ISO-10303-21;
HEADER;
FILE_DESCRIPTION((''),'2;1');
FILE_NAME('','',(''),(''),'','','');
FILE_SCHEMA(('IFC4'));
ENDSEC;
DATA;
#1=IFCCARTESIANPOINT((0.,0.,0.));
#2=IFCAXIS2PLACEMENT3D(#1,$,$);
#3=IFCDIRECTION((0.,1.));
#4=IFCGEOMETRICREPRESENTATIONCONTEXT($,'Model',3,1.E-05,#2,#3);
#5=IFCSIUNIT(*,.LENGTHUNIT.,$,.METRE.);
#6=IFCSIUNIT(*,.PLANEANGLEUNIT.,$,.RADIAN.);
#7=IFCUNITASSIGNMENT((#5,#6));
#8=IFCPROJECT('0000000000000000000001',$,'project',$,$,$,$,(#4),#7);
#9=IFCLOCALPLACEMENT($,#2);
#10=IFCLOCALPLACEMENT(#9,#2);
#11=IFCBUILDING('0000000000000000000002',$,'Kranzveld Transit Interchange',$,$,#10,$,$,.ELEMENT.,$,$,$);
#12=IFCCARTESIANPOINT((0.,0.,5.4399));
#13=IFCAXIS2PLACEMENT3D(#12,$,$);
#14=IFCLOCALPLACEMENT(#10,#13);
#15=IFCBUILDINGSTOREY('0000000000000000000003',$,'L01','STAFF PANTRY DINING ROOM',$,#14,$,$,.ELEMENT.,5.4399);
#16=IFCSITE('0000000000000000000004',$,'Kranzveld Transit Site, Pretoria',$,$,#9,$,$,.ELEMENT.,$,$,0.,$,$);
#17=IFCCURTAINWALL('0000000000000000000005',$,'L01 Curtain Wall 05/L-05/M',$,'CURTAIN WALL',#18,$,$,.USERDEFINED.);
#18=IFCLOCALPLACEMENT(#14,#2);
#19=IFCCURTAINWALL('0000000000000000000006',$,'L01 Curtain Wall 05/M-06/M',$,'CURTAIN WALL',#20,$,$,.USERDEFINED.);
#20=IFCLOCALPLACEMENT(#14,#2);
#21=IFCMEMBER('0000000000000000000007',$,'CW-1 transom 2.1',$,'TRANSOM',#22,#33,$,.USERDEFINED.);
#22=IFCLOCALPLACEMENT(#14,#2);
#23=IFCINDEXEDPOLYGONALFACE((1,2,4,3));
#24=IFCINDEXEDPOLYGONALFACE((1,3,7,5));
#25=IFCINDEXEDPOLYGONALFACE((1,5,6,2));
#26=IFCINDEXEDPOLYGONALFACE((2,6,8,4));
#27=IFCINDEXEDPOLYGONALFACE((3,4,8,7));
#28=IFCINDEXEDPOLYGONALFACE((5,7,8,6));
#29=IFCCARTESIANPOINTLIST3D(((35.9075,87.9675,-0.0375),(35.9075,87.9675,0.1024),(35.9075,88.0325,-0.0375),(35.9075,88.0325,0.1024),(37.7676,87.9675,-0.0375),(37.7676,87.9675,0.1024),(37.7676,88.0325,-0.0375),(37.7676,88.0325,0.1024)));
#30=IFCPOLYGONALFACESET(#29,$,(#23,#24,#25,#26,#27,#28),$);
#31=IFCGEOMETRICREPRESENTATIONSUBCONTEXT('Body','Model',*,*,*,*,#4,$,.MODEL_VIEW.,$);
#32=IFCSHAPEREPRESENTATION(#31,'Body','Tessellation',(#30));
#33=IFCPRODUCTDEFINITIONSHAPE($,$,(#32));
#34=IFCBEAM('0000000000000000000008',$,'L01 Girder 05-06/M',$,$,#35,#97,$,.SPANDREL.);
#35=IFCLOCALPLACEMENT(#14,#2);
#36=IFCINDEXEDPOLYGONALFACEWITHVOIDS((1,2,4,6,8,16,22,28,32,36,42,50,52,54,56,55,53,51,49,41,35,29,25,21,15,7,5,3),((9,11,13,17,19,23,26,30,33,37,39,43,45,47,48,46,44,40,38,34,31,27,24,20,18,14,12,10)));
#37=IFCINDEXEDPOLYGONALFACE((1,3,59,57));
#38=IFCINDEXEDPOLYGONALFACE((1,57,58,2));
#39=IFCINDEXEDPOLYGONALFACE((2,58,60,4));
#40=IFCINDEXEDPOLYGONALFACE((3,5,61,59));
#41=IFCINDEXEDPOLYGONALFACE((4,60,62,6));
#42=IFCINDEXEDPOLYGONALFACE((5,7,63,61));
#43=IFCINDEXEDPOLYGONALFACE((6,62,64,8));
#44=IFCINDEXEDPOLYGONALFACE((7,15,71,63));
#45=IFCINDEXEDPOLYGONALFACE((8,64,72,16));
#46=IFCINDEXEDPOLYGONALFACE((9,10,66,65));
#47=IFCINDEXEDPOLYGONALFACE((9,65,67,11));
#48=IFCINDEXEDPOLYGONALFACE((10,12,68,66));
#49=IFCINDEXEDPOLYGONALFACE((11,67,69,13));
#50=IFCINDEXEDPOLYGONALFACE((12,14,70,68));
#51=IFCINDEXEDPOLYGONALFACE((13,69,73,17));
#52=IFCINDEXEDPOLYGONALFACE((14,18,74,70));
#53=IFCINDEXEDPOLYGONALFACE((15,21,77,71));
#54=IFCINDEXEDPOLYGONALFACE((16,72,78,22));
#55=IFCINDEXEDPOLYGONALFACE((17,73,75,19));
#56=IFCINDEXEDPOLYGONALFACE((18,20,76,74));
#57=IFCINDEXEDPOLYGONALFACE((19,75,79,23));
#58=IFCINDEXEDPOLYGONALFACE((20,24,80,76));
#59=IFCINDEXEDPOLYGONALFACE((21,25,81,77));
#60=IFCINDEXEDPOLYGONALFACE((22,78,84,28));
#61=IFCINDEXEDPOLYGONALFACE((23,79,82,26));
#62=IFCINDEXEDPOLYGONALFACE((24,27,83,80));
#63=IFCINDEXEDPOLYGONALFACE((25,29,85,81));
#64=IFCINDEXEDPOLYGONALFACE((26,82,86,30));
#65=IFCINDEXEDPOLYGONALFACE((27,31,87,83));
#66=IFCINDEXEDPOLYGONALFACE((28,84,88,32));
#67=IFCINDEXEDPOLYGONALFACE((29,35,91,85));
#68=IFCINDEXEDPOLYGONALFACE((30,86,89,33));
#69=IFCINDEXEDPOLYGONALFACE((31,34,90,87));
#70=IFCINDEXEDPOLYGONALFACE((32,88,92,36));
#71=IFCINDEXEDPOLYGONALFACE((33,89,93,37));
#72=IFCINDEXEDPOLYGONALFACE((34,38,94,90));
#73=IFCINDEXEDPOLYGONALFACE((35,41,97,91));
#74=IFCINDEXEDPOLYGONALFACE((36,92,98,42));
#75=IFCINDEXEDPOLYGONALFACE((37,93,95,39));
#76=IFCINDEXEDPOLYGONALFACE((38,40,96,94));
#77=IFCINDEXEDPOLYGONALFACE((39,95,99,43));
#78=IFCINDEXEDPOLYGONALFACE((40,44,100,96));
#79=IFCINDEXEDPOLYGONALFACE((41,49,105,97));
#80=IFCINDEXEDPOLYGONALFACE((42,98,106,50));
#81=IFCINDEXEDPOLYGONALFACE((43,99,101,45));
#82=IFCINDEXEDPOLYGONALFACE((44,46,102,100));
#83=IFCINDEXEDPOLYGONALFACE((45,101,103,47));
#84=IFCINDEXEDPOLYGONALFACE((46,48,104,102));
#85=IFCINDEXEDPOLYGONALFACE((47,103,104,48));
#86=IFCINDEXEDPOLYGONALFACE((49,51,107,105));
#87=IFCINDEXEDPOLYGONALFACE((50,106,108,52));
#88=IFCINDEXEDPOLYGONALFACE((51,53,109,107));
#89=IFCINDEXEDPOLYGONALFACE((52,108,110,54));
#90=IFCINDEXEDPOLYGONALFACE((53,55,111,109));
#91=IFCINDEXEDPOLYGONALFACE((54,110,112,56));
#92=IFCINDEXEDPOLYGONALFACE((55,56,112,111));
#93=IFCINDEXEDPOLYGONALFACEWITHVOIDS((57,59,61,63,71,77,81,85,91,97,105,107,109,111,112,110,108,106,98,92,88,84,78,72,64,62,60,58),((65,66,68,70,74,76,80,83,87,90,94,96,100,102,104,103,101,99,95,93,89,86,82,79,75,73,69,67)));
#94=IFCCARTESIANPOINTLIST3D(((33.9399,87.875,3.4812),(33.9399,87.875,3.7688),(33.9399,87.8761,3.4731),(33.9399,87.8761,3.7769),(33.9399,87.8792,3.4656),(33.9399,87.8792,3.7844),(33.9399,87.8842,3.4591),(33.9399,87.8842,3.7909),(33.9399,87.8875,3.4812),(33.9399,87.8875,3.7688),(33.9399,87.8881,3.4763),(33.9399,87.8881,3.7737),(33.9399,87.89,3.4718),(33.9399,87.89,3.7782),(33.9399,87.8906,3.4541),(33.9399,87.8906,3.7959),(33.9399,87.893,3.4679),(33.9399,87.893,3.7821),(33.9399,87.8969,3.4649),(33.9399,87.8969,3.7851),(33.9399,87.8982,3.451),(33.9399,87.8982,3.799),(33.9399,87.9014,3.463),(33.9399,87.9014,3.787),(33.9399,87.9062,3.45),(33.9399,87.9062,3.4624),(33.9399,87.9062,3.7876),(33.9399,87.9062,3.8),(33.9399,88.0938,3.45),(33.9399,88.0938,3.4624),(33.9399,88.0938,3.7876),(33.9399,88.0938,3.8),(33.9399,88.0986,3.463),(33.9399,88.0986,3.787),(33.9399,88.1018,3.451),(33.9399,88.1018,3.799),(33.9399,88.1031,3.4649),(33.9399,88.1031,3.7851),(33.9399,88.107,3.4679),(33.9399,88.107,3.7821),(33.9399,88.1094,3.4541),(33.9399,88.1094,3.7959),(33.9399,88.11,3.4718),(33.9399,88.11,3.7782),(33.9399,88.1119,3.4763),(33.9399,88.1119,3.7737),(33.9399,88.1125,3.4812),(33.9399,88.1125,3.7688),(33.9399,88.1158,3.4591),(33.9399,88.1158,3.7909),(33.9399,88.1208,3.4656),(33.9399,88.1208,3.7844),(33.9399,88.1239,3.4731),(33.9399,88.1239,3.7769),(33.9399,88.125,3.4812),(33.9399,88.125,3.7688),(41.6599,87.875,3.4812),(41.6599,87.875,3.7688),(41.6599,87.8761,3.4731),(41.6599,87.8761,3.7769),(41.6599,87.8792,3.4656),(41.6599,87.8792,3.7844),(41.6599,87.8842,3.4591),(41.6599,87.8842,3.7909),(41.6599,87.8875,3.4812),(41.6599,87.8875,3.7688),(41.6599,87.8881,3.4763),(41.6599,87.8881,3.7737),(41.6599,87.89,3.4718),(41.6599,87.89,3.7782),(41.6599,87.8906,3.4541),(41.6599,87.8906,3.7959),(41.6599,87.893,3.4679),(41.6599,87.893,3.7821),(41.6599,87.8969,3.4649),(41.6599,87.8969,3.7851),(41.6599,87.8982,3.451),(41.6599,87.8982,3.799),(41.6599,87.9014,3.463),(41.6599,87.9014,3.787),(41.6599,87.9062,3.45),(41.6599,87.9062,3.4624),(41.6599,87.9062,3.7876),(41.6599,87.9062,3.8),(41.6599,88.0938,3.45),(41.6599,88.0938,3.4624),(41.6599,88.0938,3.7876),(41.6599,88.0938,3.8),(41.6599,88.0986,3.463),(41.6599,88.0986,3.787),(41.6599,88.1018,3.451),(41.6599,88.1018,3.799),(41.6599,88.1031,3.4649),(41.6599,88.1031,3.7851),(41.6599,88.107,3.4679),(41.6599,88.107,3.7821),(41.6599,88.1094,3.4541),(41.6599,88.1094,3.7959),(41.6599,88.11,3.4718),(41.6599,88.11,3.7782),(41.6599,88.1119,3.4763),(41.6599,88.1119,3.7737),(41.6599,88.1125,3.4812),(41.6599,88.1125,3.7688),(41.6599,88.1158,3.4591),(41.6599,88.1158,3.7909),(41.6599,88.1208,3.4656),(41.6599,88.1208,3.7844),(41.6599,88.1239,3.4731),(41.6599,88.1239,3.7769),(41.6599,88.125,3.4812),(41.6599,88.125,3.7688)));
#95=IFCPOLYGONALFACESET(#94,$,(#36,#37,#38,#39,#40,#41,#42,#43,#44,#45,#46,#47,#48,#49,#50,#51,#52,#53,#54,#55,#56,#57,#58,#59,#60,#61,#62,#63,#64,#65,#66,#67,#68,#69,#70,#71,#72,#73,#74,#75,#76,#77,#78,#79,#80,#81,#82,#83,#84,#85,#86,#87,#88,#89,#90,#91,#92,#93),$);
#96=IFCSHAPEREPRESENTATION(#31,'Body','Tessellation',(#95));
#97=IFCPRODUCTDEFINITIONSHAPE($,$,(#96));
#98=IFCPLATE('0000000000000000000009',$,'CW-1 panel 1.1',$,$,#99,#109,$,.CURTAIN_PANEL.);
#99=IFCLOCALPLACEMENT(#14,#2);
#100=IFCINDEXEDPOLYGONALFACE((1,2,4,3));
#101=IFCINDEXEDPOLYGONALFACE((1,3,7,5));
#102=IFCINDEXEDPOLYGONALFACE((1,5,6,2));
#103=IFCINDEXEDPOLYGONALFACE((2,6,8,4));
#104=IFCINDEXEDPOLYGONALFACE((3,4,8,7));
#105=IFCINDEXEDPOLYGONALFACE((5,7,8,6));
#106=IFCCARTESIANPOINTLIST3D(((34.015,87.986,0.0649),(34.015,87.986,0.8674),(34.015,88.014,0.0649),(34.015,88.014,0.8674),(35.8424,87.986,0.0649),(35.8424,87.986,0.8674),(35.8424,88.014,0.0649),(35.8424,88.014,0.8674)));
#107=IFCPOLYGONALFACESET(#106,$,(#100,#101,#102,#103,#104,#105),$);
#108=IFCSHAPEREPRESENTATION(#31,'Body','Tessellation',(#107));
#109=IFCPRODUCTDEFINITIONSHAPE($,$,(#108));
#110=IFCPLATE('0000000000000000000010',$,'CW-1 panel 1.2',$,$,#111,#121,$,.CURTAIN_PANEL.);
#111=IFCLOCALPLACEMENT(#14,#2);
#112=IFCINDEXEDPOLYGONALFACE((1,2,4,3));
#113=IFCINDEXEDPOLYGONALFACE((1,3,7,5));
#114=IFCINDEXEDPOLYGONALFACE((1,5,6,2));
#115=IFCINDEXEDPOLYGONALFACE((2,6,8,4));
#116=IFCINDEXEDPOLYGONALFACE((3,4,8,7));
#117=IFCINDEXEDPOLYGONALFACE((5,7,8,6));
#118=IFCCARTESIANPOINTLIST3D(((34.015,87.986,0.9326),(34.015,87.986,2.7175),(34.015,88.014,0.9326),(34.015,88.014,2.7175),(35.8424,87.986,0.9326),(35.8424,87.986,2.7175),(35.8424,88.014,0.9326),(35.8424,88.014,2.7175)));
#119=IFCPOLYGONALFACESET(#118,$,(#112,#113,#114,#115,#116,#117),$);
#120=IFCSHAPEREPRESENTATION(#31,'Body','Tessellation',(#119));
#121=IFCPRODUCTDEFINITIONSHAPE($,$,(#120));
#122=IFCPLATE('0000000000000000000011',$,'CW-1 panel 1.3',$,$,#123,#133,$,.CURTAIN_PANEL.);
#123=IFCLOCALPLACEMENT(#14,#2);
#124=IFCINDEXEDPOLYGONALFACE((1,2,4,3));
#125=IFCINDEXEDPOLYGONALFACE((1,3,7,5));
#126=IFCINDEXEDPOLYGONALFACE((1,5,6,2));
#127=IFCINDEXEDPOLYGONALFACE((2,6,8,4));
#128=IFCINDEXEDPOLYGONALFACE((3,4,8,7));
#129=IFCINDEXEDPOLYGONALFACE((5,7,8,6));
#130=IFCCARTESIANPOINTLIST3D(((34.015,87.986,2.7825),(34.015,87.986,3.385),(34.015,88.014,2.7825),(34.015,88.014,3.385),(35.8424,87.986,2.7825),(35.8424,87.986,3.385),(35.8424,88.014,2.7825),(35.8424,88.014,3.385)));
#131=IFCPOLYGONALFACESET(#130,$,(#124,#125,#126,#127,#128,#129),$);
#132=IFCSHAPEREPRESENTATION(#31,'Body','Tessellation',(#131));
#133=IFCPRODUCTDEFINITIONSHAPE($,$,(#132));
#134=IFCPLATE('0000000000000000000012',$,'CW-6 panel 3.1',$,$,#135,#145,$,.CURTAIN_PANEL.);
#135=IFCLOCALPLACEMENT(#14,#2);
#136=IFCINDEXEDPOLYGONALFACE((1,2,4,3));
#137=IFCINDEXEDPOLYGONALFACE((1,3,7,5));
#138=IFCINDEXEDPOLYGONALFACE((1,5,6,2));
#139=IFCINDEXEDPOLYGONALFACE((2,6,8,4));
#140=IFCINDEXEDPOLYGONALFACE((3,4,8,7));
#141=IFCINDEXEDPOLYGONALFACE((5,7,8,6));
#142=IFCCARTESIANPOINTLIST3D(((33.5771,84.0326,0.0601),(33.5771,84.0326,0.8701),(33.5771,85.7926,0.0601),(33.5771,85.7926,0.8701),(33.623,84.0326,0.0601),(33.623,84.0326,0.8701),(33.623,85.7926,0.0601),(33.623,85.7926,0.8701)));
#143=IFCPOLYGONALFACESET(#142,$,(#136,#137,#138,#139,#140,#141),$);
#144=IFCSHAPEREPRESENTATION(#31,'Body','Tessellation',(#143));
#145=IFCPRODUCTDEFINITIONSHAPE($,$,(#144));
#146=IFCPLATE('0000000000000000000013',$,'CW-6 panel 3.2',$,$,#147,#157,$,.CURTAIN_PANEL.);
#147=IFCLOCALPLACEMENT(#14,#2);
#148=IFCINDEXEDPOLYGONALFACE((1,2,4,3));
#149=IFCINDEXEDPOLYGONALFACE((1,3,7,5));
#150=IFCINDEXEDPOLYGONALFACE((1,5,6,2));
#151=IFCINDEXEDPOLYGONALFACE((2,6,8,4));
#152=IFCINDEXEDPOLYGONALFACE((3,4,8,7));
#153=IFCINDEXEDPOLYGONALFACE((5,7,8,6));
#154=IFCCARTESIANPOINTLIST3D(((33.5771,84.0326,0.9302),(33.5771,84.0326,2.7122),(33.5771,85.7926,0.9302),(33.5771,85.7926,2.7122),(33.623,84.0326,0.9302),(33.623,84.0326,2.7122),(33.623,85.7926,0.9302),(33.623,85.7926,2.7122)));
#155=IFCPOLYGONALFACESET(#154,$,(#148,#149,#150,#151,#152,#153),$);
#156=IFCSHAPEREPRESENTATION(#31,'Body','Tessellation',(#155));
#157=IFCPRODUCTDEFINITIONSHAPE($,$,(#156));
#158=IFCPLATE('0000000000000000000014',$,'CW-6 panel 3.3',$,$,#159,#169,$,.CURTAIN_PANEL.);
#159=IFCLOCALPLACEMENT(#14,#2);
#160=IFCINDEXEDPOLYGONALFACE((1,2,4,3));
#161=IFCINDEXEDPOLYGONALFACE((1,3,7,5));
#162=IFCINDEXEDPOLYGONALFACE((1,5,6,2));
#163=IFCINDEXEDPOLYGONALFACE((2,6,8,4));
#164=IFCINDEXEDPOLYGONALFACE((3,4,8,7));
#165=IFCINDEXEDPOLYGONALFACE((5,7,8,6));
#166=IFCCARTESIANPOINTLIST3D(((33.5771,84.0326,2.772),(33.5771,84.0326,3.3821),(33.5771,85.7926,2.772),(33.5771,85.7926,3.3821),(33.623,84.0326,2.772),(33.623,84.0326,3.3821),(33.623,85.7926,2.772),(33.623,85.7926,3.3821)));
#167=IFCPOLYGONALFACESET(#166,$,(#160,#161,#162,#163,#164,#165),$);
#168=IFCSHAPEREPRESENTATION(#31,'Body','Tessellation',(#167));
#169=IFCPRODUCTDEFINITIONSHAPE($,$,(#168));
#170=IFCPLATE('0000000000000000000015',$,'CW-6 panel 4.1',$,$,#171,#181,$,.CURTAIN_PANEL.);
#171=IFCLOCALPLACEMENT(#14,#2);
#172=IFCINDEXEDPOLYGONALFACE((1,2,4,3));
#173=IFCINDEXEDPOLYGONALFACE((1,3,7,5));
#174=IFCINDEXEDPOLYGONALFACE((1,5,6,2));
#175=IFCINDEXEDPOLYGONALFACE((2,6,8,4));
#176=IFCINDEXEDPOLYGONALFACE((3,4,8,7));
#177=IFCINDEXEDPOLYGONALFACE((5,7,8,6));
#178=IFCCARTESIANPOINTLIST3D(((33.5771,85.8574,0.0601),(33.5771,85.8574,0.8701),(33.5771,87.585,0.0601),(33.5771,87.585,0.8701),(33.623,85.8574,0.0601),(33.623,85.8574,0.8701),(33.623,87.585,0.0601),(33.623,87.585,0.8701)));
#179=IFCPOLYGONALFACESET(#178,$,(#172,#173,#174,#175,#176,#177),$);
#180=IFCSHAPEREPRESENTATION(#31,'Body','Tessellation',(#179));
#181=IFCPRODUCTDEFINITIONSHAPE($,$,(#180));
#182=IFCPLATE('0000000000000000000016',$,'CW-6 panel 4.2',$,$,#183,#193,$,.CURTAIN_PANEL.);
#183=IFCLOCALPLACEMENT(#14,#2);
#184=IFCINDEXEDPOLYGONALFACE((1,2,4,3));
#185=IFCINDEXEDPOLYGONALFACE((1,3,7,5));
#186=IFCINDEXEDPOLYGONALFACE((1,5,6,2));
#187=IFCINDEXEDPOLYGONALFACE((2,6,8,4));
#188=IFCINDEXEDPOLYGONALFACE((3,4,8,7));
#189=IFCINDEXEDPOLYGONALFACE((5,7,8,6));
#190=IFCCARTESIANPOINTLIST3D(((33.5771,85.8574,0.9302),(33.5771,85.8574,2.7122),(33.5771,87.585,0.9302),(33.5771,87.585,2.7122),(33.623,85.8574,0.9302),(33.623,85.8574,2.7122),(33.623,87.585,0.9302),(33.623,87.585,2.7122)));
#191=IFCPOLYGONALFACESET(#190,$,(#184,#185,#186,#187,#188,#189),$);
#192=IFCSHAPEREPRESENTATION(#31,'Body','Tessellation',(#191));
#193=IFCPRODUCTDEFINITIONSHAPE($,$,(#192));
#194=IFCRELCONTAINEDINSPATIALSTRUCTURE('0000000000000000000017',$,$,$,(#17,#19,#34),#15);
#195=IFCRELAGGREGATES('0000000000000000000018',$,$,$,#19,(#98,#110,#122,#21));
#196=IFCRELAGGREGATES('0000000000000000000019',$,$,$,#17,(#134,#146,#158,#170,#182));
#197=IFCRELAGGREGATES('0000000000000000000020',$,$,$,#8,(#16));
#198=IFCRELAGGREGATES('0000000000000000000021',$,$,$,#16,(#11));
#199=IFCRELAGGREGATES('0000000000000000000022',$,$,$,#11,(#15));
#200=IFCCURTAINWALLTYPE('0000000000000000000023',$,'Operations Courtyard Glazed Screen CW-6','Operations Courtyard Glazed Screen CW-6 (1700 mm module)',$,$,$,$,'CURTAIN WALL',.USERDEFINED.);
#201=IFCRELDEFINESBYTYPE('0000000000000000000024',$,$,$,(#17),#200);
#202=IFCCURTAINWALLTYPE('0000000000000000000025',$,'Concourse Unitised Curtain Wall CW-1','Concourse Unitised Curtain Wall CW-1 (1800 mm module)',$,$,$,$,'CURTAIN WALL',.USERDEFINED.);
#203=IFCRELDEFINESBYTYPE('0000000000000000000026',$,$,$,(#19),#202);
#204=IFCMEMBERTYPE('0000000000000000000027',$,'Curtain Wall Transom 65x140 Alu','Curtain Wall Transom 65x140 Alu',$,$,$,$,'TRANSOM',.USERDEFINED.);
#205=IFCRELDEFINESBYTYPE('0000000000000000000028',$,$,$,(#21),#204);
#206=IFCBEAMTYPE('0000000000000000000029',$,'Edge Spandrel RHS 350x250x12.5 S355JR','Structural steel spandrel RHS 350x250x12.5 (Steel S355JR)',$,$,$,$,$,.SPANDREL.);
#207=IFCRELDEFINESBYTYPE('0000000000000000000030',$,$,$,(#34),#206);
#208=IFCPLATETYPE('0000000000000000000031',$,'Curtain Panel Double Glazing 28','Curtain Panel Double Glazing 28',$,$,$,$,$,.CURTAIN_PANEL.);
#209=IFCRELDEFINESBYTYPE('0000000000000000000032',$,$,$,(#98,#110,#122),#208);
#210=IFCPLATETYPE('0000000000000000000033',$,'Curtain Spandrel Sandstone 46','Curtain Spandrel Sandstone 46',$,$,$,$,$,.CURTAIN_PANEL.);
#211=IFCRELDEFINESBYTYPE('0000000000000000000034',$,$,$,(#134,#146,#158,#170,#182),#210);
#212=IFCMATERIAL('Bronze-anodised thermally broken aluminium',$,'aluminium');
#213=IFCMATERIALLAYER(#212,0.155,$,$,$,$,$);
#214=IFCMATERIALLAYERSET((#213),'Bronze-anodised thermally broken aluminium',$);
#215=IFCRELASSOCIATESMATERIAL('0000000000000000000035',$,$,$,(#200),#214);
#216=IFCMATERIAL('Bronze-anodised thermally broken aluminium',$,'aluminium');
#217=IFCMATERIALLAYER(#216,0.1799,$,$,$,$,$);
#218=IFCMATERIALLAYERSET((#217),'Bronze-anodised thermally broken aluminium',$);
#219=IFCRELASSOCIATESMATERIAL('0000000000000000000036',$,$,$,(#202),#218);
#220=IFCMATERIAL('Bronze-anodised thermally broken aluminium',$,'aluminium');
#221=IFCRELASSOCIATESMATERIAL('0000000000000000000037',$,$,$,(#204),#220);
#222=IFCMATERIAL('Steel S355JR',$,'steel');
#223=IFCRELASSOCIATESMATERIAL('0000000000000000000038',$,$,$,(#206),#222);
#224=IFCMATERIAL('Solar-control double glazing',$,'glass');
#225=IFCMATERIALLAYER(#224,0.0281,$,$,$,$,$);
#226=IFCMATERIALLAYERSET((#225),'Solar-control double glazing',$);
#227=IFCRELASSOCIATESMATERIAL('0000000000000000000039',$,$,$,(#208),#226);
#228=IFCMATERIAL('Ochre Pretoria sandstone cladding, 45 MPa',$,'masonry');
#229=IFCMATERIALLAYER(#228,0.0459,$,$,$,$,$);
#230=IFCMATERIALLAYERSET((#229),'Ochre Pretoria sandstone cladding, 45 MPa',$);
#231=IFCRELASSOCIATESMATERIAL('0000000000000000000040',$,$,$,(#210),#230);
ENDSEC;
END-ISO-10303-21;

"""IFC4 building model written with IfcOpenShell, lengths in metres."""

from ifc_helpers import new_model, si_unit, direction, frame, origin, origin_2d, place, context, subcontext, project, spatial, rectangle, hollow_rectangle, extrude, material, layer, layer_set, material_profile, profile_set, type_object, element, aggregate, save


model = new_model("IFC4")

# Units and contexts
model_context = context("Model", 3, precision=1e-05, world=origin(), true_north=direction((0.0, 1.0)))
body_context = subcontext(model_context, "Body", "Model", "MODEL_VIEW")
ifc_project = project(units=[si_unit("LENGTHUNIT", "METRE"), si_unit("PLANEANGLEUNIT", "RADIAN")], contexts=[model_context])

# Site, building, storey
site_placement = place(None, origin())
site = spatial("IfcSite", under=ifc_project, at=site_placement, Name="Kranzveld Transit Site, Pretoria", CompositionType="ELEMENT", RefElevation=0.0)
building_placement = place(site_placement, origin())
building = spatial("IfcBuilding", under=site, at=building_placement, Name="Kranzveld Transit Interchange", CompositionType="ELEMENT")
storey_placement = place(building_placement, frame((0.0, 0.0, 5.4399)))
storey = spatial("IfcBuildingStorey", under=building, at=storey_placement, Name="L01", Description="STAFF PANTRY DINING ROOM", CompositionType="ELEMENT", Elevation=5.4399)

# Curtain walls
ifc_material_1 = material(Name="Bronze-anodised thermally broken aluminium", Category="aluminium")
ifc_layer_1 = layer(ifc_material_1, 0.155)
ifc_layer_set_1 = layer_set([ifc_layer_1], Name="Bronze-anodised thermally broken aluminium")
curtain_wall_type_1 = type_object("IfcCurtainWallType", Name="Operations Courtyard Glazed Screen CW-6", Description="Operations Courtyard Glazed Screen CW-6 (1700 mm module)", ElementType="CURTAIN WALL", PredefinedType="USERDEFINED", material=ifc_layer_set_1)
curtain_wall_1_placement = place(storey_placement, origin())
curtain_wall_1 = element("IfcCurtainWall", 1, at=curtain_wall_1_placement, inside=storey, type_object=curtain_wall_type_1, Name="L01 Curtain Wall 05/L-05/M", ObjectType="CURTAIN WALL", PredefinedType="USERDEFINED")
ifc_material_2 = material(Name="Bronze-anodised thermally broken aluminium", Category="aluminium")
ifc_layer_2 = layer(ifc_material_2, 0.1799)
ifc_layer_set_2 = layer_set([ifc_layer_2], Name="Bronze-anodised thermally broken aluminium")
curtain_wall_type_2 = type_object("IfcCurtainWallType", Name="Concourse Unitised Curtain Wall CW-1", Description="Concourse Unitised Curtain Wall CW-1 (1800 mm module)", ElementType="CURTAIN WALL", PredefinedType="USERDEFINED", material=ifc_layer_set_2)
curtain_wall_2_placement = place(storey_placement, origin())
curtain_wall_2 = element("IfcCurtainWall", 2, at=curtain_wall_2_placement, inside=storey, type_object=curtain_wall_type_2, Name="L01 Curtain Wall 05/M-06/M", ObjectType="CURTAIN WALL", PredefinedType="USERDEFINED")

# Member
ifc_material_3 = material(Name="Bronze-anodised thermally broken aluminium", Category="aluminium")
ifc_material_profile_1 = material_profile(ifc_material_3, rectangle(XDim=0.0649, YDim=0.1399, at=origin_2d()), Name="ALU TRANSOM 65x140")
ifc_profile_set_1 = profile_set([ifc_material_profile_1], Name="Bronze-anodised thermally broken aluminium")
member_type_1 = type_object("IfcMemberType", Name="Curtain Wall Transom 65x140 Alu", Description="Curtain Wall Transom 65x140 Alu", ElementType="TRANSOM", PredefinedType="USERDEFINED", material=ifc_profile_set_1)
member_1_placement = place(storey_placement, frame((35.9075, 88.0, 0.0325), z_axis=(1.0, 0.0, 0.0), x_axis=(0.0, 1.0, 0.0)))
member_1 = element("IfcMember", 3, at=member_1_placement, type_object=member_type_1, Name="CW-1 transom 2.1", ObjectType="TRANSOM", PredefinedType="USERDEFINED", context=body_context, shape_type="SweptSolid", body=[
    extrude(rectangle(XDim=0.0649, YDim=0.1399, at=origin_2d()), origin(), (0.0, 0.0, 1.0), 1.8601),
])

# Beam
ifc_material_4 = material(Name="Steel S355JR", Category="steel")
ifc_material_profile_2 = material_profile(ifc_material_4, hollow_rectangle(XDim=0.25, YDim=0.3501, WallThickness=0.0125, InnerFilletRadius=0.0188, OuterFilletRadius=0.0312, at=origin_2d()), Name="RHS 350x250x12.5")
ifc_profile_set_2 = profile_set([ifc_material_profile_2], Name="Steel S355JR")
beam_type = type_object("IfcBeamType", Name="Edge Spandrel RHS 350x250x12.5 S355JR", Description="Structural steel spandrel RHS 350x250x12.5 (Steel S355JR)", PredefinedType="SPANDREL", material=ifc_profile_set_2)
beam_placement = place(storey_placement, frame((33.9399, 88.0, 3.625), z_axis=(1.0, 0.0, 0.0), x_axis=(0.0, 1.0, 0.0)))
element("IfcBeam", 4, at=beam_placement, inside=storey, type_object=beam_type, Name="L01 Girder 05-06/M", PredefinedType="SPANDREL", context=body_context, shape_type="SweptSolid", body=[
    extrude(hollow_rectangle(XDim=0.25, YDim=0.3501, WallThickness=0.0125, InnerFilletRadius=0.0188, OuterFilletRadius=0.0312, at=origin_2d()), origin(), (0.0, 0.0, 1.0), 7.72),
])

# Plates
ifc_material_5 = material(Name="Solar-control double glazing", Category="glass")
ifc_layer_3 = layer(ifc_material_5, 0.0281)
ifc_layer_set_3 = layer_set([ifc_layer_3], Name="Solar-control double glazing")
plate_type_1 = type_object("IfcPlateType", Name="Curtain Panel Double Glazing 28", Description="Curtain Panel Double Glazing 28", PredefinedType="CURTAIN_PANEL", material=ifc_layer_set_3)
plate_1_placement = place(storey_placement, frame((34.9287, 88.0, 0.0649), z_axis=(0.0, 0.0, 1.0), x_axis=(1.0, 0.0, 0.0)))
plate_1 = element("IfcPlate", 5, at=plate_1_placement, type_object=plate_type_1, Name="CW-1 panel 1.1", PredefinedType="CURTAIN_PANEL", context=body_context, shape_type="SweptSolid", body=[
    extrude(rectangle(XDim=1.8274, YDim=0.0281, at=origin_2d()), origin(), (0.0, 0.0, 1.0), 0.8025),
])
plate_2_placement = place(storey_placement, frame((34.9287, 88.0, 0.9326), z_axis=(0.0, 0.0, 1.0), x_axis=(1.0, 0.0, 0.0)))
plate_2 = element("IfcPlate", 6, at=plate_2_placement, type_object=plate_type_1, Name="CW-1 panel 1.2", PredefinedType="CURTAIN_PANEL", context=body_context, shape_type="SweptSolid", body=[
    extrude(rectangle(XDim=1.8274, YDim=0.0281, at=origin_2d()), origin(), (0.0, 0.0, 1.0), 1.7849),
])
plate_3_placement = place(storey_placement, frame((34.9287, 88.0, 2.7825), z_axis=(0.0, 0.0, 1.0), x_axis=(1.0, 0.0, 0.0)))
plate_3 = element("IfcPlate", 7, at=plate_3_placement, type_object=plate_type_1, Name="CW-1 panel 1.3", PredefinedType="CURTAIN_PANEL", context=body_context, shape_type="SweptSolid", body=[
    extrude(rectangle(XDim=1.8274, YDim=0.0281, at=origin_2d()), origin(), (0.0, 0.0, 1.0), 0.6025),
])
aggregate(curtain_wall_2, [plate_1, plate_2, plate_3, member_1])
ifc_material_6 = material(Name="Ochre Pretoria sandstone cladding, 45 MPa", Category="masonry")
ifc_layer_4 = layer(ifc_material_6, 0.0459)
ifc_layer_set_4 = layer_set([ifc_layer_4], Name="Ochre Pretoria sandstone cladding, 45 MPa")
plate_type_2 = type_object("IfcPlateType", Name="Curtain Spandrel Sandstone 46", Description="Curtain Spandrel Sandstone 46", PredefinedType="CURTAIN_PANEL", material=ifc_layer_set_4)
plate_4_placement = place(storey_placement, frame((33.6001, 84.9126, 0.0601), z_axis=(0.0, 0.0, 1.0), x_axis=(0.0, 1.0, 0.0)))
plate_4 = element("IfcPlate", 8, at=plate_4_placement, type_object=plate_type_2, Name="CW-6 panel 3.1", PredefinedType="CURTAIN_PANEL", context=body_context, shape_type="SweptSolid", body=[
    extrude(rectangle(XDim=1.76, YDim=0.0459, at=origin_2d()), origin(), (0.0, 0.0, 1.0), 0.8101),
])
plate_5_placement = place(storey_placement, frame((33.6001, 84.9126, 0.9302), z_axis=(0.0, 0.0, 1.0), x_axis=(0.0, 1.0, 0.0)))
plate_5 = element("IfcPlate", 9, at=plate_5_placement, type_object=plate_type_2, Name="CW-6 panel 3.2", PredefinedType="CURTAIN_PANEL", context=body_context, shape_type="SweptSolid", body=[
    extrude(rectangle(XDim=1.76, YDim=0.0459, at=origin_2d()), origin(), (0.0, 0.0, 1.0), 1.782),
])
plate_6_placement = place(storey_placement, frame((33.6001, 84.9126, 2.772), z_axis=(0.0, 0.0, 1.0), x_axis=(0.0, 1.0, 0.0)))
plate_6 = element("IfcPlate", 10, at=plate_6_placement, type_object=plate_type_2, Name="CW-6 panel 3.3", PredefinedType="CURTAIN_PANEL", context=body_context, shape_type="SweptSolid", body=[
    extrude(rectangle(XDim=1.76, YDim=0.0459, at=origin_2d()), origin(), (0.0, 0.0, 1.0), 0.6101),
])
plate_7_placement = place(storey_placement, frame((33.6001, 86.7212, 0.0601), z_axis=(0.0, 0.0, 1.0), x_axis=(0.0, 1.0, 0.0)))
plate_7 = element("IfcPlate", 11, at=plate_7_placement, type_object=plate_type_2, Name="CW-6 panel 4.1", PredefinedType="CURTAIN_PANEL", context=body_context, shape_type="SweptSolid", body=[
    extrude(rectangle(XDim=1.7275, YDim=0.0459, at=origin_2d()), origin(), (0.0, 0.0, 1.0), 0.8101),
])
plate_8_placement = place(storey_placement, frame((33.6001, 86.7212, 0.9302), z_axis=(0.0, 0.0, 1.0), x_axis=(0.0, 1.0, 0.0)))
plate_8 = element("IfcPlate", 12, at=plate_8_placement, type_object=plate_type_2, Name="CW-6 panel 4.2", PredefinedType="CURTAIN_PANEL", context=body_context, shape_type="SweptSolid", body=[
    extrude(rectangle(XDim=1.7275, YDim=0.0459, at=origin_2d()), origin(), (0.0, 0.0, 1.0), 1.782),
])
aggregate(curtain_wall_1, [plate_4, plate_5, plate_6, plate_7, plate_8])

save(model, "model.ifc")
